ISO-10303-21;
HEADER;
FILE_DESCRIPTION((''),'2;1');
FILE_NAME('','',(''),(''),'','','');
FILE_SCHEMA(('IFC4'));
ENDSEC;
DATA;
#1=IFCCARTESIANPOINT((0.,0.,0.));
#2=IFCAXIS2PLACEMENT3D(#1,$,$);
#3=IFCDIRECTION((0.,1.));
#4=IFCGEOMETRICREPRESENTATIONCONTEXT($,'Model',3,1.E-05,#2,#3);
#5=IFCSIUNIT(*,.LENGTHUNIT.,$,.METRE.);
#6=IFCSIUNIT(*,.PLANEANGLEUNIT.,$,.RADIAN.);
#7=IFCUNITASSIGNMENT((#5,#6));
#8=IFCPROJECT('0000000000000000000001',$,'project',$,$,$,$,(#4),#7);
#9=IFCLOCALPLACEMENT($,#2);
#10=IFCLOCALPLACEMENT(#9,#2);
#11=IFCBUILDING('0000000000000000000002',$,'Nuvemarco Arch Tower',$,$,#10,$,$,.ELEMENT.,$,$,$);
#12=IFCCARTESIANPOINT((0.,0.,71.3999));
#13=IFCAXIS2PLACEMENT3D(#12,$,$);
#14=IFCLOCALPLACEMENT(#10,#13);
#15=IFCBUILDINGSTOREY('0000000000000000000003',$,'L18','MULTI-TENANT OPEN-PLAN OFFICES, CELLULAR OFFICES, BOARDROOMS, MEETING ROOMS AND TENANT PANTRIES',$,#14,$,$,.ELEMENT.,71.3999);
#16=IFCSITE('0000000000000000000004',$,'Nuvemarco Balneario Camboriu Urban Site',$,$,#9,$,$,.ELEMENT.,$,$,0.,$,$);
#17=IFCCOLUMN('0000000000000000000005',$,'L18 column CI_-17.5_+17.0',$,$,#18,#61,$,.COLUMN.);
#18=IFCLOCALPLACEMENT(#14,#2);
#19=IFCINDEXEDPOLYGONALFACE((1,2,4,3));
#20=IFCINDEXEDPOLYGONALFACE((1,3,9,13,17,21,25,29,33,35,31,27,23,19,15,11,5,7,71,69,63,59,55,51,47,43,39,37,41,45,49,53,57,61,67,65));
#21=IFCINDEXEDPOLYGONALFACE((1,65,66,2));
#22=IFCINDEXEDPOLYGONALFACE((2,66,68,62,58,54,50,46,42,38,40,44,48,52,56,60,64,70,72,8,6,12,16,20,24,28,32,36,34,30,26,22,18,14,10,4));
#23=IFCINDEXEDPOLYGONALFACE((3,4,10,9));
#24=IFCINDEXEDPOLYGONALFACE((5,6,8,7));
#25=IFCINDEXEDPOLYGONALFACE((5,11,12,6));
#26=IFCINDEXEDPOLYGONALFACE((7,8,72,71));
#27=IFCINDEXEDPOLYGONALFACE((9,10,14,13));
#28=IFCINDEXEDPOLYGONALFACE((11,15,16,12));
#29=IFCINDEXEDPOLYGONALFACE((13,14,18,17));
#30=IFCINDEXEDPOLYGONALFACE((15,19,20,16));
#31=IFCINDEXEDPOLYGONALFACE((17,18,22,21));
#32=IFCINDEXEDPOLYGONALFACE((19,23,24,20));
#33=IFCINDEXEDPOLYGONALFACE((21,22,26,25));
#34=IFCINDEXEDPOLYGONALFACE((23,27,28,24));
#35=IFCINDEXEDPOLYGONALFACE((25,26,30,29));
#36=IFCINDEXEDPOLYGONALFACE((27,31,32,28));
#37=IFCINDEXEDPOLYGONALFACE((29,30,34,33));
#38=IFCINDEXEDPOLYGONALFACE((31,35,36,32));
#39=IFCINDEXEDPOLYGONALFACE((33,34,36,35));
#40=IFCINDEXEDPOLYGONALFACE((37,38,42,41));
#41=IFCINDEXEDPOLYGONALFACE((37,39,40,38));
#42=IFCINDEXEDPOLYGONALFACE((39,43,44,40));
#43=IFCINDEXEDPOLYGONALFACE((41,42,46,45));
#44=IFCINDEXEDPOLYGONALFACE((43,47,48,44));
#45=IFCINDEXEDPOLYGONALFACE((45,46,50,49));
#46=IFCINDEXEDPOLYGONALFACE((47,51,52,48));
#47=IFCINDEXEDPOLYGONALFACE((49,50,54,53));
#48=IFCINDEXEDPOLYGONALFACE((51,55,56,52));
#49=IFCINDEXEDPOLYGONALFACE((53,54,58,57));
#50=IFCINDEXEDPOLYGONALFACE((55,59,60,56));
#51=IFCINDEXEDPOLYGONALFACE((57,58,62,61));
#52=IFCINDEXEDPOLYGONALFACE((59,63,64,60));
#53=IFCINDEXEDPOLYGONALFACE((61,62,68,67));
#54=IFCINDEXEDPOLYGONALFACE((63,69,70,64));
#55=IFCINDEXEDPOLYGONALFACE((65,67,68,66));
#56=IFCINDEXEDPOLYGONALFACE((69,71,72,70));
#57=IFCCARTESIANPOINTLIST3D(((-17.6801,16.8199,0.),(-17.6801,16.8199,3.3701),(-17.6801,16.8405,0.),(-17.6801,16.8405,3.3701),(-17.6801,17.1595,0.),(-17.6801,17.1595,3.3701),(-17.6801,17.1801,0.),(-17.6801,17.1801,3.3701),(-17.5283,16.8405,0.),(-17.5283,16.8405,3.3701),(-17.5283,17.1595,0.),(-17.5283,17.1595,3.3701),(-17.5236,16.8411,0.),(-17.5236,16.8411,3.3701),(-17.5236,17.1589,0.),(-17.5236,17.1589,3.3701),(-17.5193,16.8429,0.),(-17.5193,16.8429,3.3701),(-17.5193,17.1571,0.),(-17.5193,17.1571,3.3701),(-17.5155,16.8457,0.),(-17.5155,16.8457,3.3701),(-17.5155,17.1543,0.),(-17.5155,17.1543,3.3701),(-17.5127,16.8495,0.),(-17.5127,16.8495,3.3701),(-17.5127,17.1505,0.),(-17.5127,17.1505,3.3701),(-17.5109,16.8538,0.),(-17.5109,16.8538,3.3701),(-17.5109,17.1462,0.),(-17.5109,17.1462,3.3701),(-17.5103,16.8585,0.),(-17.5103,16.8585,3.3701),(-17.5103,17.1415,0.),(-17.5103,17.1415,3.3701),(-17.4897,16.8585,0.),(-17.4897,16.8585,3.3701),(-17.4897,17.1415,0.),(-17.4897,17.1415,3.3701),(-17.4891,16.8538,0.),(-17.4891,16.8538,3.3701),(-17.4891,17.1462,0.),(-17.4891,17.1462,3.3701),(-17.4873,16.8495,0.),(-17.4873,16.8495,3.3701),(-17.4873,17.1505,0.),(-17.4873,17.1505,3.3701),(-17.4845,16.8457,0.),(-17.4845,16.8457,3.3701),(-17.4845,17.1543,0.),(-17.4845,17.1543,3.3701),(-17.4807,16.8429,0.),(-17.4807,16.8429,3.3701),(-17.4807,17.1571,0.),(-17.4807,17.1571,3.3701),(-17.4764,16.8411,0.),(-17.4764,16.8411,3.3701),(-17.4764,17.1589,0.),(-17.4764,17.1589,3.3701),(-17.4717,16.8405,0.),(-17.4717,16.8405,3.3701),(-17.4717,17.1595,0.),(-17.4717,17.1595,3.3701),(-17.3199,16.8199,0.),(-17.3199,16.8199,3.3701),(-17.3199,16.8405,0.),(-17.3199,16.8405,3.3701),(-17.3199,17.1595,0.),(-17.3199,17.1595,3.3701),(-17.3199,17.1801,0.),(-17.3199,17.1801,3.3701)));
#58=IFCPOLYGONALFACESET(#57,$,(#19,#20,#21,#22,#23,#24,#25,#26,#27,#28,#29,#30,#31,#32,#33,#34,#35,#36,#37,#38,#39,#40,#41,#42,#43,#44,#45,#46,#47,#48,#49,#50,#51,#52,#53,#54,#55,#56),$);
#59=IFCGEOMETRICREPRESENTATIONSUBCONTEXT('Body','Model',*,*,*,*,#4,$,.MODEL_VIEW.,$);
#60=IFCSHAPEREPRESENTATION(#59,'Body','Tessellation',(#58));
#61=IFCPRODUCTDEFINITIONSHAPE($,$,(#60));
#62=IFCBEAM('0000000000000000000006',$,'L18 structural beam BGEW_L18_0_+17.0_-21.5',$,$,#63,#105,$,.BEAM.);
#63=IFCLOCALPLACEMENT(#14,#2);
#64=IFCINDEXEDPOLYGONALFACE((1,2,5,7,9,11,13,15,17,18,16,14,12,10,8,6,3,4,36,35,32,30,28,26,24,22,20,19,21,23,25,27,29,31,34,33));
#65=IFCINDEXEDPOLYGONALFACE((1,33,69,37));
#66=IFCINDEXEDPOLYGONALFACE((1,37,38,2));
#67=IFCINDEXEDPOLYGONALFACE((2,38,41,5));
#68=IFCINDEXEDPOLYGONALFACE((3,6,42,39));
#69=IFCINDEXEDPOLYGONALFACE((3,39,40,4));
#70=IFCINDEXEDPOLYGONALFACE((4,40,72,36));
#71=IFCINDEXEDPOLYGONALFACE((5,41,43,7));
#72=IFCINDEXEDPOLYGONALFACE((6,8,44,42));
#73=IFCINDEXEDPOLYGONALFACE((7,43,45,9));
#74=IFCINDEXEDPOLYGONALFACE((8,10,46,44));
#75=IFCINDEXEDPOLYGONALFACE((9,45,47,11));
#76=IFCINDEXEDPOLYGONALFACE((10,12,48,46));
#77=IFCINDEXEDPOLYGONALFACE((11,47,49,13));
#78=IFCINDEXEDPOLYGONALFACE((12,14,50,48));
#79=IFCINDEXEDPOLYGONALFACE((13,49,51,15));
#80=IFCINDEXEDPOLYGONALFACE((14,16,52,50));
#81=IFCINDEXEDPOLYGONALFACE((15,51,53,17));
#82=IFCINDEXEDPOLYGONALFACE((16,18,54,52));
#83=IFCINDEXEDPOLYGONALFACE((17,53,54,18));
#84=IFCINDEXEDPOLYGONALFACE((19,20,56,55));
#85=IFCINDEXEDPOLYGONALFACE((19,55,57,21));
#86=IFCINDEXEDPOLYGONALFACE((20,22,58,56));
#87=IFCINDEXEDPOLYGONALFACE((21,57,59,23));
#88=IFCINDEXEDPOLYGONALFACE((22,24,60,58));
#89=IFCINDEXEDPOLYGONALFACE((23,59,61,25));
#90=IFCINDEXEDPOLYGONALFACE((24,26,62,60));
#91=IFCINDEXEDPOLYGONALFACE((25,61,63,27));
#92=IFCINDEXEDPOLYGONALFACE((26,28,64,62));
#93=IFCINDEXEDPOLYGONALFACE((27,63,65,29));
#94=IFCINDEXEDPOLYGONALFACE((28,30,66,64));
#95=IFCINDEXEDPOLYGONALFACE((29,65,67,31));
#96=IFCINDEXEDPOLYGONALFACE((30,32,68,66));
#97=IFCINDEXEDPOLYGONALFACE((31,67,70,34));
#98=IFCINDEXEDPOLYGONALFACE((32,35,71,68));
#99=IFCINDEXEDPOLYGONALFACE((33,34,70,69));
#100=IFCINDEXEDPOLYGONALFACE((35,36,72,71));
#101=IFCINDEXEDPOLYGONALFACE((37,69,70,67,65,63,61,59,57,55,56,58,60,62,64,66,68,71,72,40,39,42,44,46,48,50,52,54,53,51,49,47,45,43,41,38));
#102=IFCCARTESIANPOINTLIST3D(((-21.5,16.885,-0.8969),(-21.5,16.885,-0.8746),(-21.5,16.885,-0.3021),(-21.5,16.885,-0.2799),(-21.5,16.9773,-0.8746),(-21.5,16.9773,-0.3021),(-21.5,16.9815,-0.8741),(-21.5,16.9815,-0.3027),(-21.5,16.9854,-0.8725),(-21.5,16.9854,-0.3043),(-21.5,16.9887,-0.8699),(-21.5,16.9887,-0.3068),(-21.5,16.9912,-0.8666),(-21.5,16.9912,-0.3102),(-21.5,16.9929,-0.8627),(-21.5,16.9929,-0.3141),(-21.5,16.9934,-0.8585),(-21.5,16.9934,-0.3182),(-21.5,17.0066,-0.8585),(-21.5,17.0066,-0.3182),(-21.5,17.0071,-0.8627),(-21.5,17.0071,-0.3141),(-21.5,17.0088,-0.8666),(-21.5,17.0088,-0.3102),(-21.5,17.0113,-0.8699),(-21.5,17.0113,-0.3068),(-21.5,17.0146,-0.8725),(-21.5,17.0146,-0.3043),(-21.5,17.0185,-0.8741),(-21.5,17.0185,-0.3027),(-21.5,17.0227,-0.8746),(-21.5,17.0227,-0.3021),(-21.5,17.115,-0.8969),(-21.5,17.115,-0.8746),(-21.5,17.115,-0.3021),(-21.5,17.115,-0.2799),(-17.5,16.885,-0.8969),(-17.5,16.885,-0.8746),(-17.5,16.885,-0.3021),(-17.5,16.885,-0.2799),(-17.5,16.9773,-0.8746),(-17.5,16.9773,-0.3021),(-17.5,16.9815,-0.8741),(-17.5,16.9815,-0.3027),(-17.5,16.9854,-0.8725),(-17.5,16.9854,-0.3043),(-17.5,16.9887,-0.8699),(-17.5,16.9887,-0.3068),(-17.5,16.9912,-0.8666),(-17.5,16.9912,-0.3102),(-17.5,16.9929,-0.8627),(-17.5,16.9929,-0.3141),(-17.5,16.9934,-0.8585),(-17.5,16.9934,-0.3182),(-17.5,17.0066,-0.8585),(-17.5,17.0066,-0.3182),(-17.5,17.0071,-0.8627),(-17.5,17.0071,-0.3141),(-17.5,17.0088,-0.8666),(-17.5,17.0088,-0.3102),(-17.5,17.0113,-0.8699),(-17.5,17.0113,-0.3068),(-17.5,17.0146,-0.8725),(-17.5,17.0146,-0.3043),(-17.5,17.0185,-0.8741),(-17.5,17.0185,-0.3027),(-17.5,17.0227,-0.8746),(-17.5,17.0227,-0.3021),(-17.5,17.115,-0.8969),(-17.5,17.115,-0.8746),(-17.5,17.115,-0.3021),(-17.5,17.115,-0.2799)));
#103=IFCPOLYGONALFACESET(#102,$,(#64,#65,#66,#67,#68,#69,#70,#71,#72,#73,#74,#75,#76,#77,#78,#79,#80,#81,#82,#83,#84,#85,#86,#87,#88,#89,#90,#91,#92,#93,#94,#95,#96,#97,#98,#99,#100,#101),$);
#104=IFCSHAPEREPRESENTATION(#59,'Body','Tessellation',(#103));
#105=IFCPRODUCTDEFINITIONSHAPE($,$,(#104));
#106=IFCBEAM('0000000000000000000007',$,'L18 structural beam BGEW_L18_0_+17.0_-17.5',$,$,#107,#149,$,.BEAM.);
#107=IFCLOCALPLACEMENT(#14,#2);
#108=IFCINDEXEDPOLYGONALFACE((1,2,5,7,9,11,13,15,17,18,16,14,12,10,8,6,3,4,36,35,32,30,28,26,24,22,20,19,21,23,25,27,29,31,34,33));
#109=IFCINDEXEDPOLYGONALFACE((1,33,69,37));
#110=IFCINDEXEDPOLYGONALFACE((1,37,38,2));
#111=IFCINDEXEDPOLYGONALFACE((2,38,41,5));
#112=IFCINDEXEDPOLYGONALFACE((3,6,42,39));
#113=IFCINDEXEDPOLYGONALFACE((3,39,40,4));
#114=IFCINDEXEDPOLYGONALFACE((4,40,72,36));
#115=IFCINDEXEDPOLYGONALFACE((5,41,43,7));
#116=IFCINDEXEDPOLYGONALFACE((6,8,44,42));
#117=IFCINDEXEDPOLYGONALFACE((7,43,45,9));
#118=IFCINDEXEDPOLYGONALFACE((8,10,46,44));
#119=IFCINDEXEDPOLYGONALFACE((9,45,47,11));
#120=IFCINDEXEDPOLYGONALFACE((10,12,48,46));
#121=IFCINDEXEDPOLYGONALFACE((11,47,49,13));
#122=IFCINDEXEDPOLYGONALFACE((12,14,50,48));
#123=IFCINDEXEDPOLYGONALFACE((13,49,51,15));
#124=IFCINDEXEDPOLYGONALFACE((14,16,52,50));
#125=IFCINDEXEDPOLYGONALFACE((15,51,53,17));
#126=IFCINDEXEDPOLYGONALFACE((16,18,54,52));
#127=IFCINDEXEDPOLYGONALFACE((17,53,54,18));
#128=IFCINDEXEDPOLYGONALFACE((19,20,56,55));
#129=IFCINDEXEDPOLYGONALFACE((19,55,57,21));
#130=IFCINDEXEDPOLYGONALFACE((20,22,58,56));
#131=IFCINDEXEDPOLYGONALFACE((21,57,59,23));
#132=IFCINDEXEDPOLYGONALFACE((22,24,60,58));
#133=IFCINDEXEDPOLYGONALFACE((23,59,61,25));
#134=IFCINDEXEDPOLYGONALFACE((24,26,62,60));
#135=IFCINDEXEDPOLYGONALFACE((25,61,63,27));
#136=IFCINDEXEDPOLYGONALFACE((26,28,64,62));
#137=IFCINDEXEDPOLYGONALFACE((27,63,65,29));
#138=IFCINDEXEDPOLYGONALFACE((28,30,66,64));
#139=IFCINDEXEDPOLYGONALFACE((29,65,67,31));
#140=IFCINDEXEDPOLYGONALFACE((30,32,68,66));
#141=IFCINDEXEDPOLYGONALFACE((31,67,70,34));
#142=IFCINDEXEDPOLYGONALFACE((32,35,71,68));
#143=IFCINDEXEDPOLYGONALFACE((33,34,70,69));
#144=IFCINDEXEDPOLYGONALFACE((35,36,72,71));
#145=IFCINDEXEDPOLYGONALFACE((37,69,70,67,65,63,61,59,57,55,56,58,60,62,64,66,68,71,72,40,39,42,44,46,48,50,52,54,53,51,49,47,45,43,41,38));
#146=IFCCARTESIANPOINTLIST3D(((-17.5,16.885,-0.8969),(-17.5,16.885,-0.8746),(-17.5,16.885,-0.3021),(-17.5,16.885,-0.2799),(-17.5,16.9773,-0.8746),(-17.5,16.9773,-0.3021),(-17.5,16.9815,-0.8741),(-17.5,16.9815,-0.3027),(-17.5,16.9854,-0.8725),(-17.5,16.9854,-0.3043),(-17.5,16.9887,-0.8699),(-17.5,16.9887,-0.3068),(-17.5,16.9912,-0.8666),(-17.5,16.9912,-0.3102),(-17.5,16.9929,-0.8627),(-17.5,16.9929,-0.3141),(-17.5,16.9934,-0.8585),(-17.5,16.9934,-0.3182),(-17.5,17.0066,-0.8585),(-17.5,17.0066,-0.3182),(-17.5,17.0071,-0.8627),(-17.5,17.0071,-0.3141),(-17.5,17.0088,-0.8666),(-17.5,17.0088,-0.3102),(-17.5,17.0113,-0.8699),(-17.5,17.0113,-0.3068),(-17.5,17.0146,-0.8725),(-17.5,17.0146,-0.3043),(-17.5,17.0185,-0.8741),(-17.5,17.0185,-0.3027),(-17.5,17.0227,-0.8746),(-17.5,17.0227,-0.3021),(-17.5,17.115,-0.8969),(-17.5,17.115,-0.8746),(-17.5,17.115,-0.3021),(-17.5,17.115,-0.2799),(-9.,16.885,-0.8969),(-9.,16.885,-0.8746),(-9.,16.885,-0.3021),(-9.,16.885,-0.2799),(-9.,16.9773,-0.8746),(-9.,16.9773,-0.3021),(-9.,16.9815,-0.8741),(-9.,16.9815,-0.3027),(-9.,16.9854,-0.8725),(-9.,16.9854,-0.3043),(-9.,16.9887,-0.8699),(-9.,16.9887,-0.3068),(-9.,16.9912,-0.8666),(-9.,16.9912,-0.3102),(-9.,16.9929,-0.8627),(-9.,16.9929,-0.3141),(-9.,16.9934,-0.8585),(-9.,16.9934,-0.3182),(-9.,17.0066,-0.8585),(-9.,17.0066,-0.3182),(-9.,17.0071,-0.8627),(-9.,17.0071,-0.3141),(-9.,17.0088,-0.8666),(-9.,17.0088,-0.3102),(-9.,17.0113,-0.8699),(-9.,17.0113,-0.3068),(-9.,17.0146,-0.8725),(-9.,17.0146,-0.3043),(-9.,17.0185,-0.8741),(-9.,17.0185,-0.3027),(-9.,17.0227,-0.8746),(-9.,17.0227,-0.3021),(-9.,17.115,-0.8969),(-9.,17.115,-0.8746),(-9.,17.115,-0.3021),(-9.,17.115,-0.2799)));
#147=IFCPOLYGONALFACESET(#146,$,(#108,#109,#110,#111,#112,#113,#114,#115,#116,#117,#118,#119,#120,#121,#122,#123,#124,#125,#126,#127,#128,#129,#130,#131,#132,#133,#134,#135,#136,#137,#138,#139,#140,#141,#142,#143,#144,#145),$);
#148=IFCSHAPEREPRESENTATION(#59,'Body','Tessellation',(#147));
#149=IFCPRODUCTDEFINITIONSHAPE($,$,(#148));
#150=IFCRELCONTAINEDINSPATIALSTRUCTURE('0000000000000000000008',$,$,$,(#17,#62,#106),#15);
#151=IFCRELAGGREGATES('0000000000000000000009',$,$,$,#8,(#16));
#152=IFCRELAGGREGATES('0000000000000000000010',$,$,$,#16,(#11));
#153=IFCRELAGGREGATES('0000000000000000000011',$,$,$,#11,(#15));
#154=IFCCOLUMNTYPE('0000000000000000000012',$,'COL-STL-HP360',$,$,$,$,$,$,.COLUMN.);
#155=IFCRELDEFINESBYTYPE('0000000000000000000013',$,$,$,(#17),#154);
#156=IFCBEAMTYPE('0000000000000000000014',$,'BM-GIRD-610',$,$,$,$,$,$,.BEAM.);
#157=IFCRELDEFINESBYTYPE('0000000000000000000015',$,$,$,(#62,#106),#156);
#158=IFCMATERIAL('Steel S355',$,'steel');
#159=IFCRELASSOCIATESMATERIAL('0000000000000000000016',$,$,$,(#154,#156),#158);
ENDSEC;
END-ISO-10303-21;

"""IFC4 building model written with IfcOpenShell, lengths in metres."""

from ifc_helpers import new_model, si_unit, direction, frame, origin, origin_2d, place, context, subcontext, project, spatial, i_section, extrude, material, material_profile, profile_set, type_object, element, save


model = new_model("IFC4")

# Units and contexts
model_context = context("Model", 3, precision=1e-05, world=origin(), true_north=direction((0.0, 1.0)))
body_context = subcontext(model_context, "Body", "Model", "MODEL_VIEW")
ifc_project = project(units=[si_unit("LENGTHUNIT", "METRE"), si_unit("PLANEANGLEUNIT", "RADIAN")], contexts=[model_context])

# Site, building, storey
site_placement = place(None, origin())
site = spatial("IfcSite", under=ifc_project, at=site_placement, Name="Nuvemarco Balneario Camboriu Urban Site", CompositionType="ELEMENT", RefElevation=0.0)
building_placement = place(site_placement, origin())
building = spatial("IfcBuilding", under=site, at=building_placement, Name="Nuvemarco Arch Tower", CompositionType="ELEMENT")
storey_placement = place(building_placement, frame((0.0, 0.0, 71.3999)))
storey = spatial("IfcBuildingStorey", under=building, at=storey_placement, Name="L18", Description="MULTI-TENANT OPEN-PLAN OFFICES, CELLULAR OFFICES, BOARDROOMS, MEETING ROOMS AND TENANT PANTRIES", CompositionType="ELEMENT", Elevation=71.3999)

# Column
ifc_material_1 = material(Name="Steel S355", Category="steel")
ifc_material_profile_1 = material_profile(ifc_material_1, i_section(OverallWidth=0.3601, OverallDepth=0.3601, WebThickness=0.0205, FlangeThickness=0.0205, FilletRadius=0.0181, at=origin_2d()), Name="HP360x174")
ifc_profile_set_1 = profile_set([ifc_material_profile_1], Name="Steel S355")
column_type = type_object("IfcColumnType", Name="COL-STL-HP360", PredefinedType="COLUMN", material=ifc_profile_set_1)
column_placement = place(storey_placement, frame((-17.5, 17.0, 0.0), z_axis=(0.0, 0.0, 1.0), x_axis=(1.0, 0.0, 0.0)))
element("IfcColumn", 1, at=column_placement, inside=storey, type_object=column_type, Name="L18 column CI_-17.5_+17.0", PredefinedType="COLUMN", context=body_context, shape_type="SweptSolid", body=[
    extrude(i_section(OverallWidth=0.3601, OverallDepth=0.3601, WebThickness=0.0205, FlangeThickness=0.0205, FilletRadius=0.0181, at=origin_2d()), origin(), (0.0, 0.0, 1.0), 3.3701),
])

# Beams
ifc_material_profile_2 = material_profile(ifc_material_1, i_section(OverallWidth=0.23, OverallDepth=0.6169, WebThickness=0.0132, FlangeThickness=0.0222, FilletRadius=0.0161, at=origin_2d()), Name="W610x140")
ifc_profile_set_2 = profile_set([ifc_material_profile_2], Name="Steel S355")
beam_type = type_object("IfcBeamType", Name="BM-GIRD-610", PredefinedType="BEAM", material=ifc_profile_set_2)
beam_1_placement = place(storey_placement, frame((-21.5, 17.0, -0.5884), z_axis=(1.0, 0.0, 0.0), x_axis=(0.0, 1.0, 0.0)))
element("IfcBeam", 2, at=beam_1_placement, inside=storey, type_object=beam_type, Name="L18 structural beam BGEW_L18_0_+17.0_-21.5", PredefinedType="BEAM", context=body_context, shape_type="SweptSolid", body=[
    extrude(i_section(OverallWidth=0.23, OverallDepth=0.6169, WebThickness=0.0132, FlangeThickness=0.0222, FilletRadius=0.0161, at=origin_2d()), origin(), (0.0, 0.0, 1.0), 4.0),
])
beam_2_placement = place(storey_placement, frame((-17.5, 17.0, -0.5884), z_axis=(1.0, 0.0, 0.0), x_axis=(0.0, 1.0, 0.0)))
element("IfcBeam", 3, at=beam_2_placement, inside=storey, type_object=beam_type, Name="L18 structural beam BGEW_L18_0_+17.0_-17.5", PredefinedType="BEAM", context=body_context, shape_type="SweptSolid", body=[
    extrude(i_section(OverallWidth=0.23, OverallDepth=0.6169, WebThickness=0.0132, FlangeThickness=0.0222, FilletRadius=0.0161, at=origin_2d()), origin(), (0.0, 0.0, 1.0), 8.5),
])

save(model, "model.ifc")
